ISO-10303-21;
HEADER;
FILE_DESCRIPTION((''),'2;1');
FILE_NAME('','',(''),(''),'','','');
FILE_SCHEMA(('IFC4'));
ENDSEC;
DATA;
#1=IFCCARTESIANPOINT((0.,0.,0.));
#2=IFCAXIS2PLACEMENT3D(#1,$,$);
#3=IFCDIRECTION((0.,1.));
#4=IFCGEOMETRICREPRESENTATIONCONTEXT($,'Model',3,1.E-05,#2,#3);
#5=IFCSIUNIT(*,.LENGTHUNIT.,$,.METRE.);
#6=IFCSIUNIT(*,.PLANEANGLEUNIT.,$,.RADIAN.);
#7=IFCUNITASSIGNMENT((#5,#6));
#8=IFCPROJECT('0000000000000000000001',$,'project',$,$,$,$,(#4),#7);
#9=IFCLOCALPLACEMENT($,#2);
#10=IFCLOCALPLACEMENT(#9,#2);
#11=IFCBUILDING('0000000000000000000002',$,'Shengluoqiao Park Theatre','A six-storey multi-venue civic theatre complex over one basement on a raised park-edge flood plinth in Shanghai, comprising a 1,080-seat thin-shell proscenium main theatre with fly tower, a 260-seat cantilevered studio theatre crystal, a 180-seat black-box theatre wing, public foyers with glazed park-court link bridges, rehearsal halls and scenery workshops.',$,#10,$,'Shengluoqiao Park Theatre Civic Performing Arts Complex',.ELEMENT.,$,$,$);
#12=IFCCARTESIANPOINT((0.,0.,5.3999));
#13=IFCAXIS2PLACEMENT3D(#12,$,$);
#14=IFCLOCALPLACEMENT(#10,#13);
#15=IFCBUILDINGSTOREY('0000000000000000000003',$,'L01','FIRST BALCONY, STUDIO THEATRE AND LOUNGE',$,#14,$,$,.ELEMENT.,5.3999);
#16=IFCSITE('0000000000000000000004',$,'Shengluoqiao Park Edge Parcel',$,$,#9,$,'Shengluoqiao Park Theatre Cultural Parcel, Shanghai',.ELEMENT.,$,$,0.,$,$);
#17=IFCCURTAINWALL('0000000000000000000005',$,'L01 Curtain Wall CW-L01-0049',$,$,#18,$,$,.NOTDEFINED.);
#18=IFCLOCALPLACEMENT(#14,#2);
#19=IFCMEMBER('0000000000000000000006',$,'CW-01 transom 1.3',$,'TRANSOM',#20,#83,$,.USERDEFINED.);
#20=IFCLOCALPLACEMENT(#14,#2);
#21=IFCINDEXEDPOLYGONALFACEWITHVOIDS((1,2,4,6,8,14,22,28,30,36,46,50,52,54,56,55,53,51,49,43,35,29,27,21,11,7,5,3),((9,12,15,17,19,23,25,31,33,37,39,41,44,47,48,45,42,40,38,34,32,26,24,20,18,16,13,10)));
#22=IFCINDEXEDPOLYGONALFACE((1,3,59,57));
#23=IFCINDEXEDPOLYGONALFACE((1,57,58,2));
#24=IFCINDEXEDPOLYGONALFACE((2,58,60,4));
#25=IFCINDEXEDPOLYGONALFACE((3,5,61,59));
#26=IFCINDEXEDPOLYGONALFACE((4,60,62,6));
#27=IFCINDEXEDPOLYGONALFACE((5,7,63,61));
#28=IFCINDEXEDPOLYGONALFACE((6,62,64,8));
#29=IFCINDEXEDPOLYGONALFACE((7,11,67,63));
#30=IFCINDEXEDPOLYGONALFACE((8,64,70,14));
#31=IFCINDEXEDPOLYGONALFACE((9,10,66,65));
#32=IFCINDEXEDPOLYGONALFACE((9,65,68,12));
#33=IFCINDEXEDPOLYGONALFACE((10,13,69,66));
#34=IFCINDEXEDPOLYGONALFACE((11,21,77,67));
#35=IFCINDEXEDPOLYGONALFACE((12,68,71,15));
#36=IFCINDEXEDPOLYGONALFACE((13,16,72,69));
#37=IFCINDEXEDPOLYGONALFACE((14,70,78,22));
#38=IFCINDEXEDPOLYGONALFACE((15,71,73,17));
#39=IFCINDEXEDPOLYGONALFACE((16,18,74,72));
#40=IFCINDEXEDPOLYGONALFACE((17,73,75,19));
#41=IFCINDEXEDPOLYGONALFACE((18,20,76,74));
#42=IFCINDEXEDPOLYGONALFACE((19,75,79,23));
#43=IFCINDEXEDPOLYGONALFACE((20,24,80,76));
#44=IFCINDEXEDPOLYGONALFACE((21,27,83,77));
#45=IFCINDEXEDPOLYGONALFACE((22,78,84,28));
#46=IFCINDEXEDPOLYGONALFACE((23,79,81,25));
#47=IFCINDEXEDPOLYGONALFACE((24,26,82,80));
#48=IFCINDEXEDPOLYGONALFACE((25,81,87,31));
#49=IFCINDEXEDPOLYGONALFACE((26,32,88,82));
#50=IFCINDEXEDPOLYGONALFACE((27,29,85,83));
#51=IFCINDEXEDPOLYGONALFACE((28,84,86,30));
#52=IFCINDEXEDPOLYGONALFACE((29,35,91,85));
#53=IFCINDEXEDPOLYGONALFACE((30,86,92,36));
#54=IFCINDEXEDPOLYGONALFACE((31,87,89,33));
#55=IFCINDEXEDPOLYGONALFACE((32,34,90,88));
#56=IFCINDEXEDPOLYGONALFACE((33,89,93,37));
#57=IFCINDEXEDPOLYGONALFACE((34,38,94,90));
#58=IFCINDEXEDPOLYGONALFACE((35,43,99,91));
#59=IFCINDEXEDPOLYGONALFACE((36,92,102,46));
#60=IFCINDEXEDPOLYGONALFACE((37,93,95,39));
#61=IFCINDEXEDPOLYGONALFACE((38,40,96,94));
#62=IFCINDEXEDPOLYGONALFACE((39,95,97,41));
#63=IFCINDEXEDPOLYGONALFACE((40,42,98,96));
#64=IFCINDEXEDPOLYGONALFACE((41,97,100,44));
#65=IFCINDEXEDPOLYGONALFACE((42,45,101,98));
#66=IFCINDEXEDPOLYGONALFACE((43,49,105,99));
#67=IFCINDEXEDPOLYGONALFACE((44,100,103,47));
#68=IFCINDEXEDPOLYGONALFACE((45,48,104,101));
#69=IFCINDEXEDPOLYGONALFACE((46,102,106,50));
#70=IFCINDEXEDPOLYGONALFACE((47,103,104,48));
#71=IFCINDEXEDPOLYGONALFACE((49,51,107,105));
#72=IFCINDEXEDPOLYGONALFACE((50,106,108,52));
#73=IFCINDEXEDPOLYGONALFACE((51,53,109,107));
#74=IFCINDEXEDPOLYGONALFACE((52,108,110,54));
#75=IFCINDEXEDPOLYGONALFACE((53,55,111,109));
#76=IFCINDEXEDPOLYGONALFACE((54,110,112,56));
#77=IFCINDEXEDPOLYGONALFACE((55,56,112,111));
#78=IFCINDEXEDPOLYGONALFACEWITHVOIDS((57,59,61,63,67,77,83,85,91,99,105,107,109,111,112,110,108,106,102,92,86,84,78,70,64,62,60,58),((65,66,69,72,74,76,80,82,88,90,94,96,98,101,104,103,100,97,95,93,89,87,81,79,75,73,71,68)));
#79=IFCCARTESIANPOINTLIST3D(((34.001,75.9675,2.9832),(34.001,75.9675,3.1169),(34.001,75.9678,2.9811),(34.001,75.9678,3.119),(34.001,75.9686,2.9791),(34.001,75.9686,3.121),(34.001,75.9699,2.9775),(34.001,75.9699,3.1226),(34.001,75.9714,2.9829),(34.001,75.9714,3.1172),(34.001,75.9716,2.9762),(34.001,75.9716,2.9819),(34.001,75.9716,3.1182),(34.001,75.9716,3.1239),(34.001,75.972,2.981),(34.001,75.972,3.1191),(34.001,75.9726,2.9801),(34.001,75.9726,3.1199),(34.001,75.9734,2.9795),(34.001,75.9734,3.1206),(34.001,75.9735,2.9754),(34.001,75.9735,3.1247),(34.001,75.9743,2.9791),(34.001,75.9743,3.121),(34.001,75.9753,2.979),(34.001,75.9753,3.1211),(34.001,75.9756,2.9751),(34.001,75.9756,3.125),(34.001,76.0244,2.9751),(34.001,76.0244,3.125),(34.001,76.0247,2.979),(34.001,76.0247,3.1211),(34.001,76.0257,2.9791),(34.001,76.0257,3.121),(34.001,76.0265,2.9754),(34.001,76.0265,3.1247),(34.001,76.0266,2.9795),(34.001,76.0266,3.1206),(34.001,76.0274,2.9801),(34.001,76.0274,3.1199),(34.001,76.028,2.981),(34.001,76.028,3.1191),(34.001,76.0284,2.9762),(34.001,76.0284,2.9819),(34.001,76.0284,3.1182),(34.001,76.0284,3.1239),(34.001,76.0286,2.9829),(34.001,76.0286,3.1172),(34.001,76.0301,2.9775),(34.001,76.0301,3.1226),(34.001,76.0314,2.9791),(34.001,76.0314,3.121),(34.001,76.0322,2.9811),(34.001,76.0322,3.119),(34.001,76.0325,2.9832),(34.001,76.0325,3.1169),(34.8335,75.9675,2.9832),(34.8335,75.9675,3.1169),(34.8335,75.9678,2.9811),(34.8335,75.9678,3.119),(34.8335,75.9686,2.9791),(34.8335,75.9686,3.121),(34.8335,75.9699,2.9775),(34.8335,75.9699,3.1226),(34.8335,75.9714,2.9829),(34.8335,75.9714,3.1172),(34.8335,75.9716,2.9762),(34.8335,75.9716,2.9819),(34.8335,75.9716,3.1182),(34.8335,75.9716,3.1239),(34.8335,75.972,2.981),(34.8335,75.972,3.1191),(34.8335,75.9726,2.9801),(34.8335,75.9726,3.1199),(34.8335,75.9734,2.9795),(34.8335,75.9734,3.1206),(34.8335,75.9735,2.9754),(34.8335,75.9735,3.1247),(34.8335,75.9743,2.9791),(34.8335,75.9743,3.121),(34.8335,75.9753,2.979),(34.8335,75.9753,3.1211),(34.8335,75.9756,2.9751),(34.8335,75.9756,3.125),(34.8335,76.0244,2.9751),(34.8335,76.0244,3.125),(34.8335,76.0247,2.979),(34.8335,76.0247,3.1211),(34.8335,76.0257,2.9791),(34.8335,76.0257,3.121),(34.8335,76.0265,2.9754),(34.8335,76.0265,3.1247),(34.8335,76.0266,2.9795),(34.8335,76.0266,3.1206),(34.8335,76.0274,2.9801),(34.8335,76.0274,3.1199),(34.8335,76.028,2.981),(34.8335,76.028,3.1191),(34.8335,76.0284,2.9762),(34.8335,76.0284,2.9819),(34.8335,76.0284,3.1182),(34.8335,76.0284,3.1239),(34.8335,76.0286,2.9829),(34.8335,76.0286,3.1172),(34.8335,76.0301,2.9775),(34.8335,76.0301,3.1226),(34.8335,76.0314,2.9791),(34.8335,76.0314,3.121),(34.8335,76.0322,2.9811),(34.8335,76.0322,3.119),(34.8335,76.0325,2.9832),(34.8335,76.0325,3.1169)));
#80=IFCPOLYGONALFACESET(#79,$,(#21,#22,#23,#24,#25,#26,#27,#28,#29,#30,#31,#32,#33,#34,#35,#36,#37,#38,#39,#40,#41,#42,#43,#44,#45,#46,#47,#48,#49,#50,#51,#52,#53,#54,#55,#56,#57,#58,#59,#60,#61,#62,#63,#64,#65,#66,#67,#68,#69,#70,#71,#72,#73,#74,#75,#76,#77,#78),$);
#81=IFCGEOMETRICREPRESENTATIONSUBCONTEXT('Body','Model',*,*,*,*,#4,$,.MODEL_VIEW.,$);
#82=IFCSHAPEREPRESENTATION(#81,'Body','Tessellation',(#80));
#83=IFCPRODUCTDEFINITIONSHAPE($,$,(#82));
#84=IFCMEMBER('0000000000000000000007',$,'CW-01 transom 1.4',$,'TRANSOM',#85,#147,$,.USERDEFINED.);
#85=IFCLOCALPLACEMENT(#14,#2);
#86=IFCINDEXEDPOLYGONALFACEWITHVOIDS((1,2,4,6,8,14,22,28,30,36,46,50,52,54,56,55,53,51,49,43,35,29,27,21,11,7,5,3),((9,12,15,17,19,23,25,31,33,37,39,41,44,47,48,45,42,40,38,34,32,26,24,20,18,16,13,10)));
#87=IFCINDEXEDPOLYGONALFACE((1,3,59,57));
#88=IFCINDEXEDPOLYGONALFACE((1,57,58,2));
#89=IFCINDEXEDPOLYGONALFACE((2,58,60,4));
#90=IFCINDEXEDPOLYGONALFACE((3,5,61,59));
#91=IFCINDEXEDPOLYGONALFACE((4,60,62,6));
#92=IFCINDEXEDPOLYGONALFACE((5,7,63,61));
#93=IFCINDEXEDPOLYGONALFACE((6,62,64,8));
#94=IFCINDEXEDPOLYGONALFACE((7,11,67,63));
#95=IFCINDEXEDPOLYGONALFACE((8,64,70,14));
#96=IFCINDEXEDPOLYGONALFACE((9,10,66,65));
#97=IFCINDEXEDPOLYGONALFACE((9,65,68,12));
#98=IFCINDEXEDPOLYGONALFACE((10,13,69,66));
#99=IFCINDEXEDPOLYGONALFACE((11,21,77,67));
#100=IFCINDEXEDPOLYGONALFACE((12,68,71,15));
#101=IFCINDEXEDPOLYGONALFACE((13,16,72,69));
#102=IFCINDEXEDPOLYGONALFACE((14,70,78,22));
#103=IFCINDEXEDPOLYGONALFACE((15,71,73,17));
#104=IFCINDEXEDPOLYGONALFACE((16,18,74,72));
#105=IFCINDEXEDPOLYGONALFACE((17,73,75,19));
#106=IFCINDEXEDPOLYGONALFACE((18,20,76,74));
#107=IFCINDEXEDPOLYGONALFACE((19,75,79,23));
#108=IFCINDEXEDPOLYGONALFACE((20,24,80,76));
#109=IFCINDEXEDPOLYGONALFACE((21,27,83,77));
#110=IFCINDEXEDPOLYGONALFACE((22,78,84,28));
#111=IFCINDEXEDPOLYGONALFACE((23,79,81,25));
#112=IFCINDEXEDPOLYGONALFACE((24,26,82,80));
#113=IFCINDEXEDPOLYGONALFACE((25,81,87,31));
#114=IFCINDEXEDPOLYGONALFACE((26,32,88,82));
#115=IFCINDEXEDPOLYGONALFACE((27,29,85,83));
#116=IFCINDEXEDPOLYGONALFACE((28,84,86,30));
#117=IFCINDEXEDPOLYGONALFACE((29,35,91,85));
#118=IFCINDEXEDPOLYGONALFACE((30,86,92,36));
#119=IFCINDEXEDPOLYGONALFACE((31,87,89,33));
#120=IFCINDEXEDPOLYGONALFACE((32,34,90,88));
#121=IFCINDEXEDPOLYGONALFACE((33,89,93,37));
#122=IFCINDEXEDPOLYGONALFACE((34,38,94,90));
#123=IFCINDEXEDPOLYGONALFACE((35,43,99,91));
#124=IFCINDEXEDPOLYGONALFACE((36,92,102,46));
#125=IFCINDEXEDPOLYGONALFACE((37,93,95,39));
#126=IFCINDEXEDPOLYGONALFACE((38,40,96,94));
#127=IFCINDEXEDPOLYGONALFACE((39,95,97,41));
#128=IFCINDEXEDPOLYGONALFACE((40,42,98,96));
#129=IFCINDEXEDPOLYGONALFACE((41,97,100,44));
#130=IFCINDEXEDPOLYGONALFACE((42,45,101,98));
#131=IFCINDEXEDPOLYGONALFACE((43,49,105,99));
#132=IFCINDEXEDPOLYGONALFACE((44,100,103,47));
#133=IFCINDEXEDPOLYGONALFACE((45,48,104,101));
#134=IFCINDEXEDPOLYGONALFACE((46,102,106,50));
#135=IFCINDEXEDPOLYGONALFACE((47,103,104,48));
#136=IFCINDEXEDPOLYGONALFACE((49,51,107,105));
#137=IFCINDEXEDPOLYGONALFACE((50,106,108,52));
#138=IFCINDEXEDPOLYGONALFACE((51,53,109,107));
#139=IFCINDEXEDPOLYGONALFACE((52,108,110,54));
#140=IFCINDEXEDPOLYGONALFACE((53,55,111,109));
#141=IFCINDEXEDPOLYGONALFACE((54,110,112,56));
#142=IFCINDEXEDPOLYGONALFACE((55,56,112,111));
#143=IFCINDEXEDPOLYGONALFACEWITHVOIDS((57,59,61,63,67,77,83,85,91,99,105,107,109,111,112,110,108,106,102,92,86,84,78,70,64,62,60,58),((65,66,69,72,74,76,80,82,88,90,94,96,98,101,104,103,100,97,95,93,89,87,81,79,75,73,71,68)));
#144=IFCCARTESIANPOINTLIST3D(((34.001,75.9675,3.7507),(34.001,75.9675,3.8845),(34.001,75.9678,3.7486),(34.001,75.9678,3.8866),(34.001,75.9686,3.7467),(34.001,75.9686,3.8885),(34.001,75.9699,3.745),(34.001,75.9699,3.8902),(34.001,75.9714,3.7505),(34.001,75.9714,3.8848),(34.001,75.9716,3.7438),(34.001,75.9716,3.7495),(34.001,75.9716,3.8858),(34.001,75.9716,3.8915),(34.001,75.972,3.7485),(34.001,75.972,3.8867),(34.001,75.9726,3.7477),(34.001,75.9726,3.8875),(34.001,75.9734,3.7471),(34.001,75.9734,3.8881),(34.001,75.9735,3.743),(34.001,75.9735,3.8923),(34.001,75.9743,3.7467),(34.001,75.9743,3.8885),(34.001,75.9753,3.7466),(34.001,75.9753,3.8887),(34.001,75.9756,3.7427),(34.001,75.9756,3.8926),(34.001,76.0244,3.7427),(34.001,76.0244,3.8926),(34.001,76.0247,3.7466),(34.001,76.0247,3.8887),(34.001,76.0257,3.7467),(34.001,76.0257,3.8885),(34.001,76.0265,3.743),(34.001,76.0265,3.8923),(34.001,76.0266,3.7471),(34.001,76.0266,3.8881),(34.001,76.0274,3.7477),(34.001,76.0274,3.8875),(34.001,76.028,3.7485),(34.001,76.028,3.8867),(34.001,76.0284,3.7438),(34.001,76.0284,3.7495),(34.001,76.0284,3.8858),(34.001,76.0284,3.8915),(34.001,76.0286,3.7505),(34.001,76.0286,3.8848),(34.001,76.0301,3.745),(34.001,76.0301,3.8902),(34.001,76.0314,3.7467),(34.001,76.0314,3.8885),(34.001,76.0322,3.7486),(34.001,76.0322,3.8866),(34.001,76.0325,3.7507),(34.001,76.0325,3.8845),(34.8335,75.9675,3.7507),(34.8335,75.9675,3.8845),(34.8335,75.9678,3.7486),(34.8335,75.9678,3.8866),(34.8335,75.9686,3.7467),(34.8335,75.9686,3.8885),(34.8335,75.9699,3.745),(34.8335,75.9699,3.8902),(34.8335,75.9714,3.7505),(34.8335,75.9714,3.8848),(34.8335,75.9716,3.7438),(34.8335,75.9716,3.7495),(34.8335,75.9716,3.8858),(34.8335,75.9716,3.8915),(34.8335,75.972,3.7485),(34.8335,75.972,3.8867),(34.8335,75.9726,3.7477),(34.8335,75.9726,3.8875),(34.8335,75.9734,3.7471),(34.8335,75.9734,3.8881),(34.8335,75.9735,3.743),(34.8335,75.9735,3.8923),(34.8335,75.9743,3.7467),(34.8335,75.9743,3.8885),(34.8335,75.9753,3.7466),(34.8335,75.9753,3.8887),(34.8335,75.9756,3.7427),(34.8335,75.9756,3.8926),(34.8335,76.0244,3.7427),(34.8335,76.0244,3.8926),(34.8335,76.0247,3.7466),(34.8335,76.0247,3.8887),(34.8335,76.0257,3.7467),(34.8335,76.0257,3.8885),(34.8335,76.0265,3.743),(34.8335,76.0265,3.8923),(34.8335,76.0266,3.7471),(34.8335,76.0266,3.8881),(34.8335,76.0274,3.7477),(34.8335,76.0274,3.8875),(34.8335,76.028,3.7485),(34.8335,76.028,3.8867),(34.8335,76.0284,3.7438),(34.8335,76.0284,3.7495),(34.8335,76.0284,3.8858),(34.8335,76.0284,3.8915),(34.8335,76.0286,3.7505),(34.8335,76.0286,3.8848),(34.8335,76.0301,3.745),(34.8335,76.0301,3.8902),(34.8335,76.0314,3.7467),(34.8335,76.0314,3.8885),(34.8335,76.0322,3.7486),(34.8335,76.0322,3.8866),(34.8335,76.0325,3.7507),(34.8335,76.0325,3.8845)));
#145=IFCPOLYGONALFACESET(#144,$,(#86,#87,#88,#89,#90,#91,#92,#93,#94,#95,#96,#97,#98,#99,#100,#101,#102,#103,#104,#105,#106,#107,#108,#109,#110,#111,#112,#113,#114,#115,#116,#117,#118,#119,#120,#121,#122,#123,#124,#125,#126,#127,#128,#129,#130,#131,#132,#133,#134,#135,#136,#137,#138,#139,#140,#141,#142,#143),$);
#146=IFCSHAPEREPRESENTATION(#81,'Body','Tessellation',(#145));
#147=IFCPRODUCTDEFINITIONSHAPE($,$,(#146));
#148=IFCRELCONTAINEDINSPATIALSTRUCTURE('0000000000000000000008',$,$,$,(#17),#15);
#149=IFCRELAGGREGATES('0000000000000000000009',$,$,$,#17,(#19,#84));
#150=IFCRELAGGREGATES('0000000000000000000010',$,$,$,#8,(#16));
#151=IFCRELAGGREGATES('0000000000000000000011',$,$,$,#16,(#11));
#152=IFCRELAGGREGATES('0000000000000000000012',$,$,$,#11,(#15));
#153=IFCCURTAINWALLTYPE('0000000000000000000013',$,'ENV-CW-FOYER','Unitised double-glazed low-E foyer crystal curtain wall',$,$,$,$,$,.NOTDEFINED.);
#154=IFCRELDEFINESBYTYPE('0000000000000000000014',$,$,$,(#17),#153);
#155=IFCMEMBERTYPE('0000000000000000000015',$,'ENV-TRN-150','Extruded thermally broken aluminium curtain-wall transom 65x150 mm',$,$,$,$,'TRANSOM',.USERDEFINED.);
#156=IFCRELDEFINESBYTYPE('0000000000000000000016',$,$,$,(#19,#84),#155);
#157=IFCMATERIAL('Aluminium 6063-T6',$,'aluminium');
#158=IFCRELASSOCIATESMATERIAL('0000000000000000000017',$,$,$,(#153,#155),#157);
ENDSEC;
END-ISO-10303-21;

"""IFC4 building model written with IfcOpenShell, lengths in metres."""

from ifc_helpers import new_model, si_unit, direction, frame, origin, origin_2d, place, context, subcontext, project, spatial, hollow_rectangle, extrude, material, material_profile, profile_set, type_object, element, aggregate, save


model = new_model("IFC4")

# Units and contexts
model_context = context("Model", 3, precision=1e-05, world=origin(), true_north=direction((0.0, 1.0)))
body_context = subcontext(model_context, "Body", "Model", "MODEL_VIEW")
ifc_project = project(units=[si_unit("LENGTHUNIT", "METRE"), si_unit("PLANEANGLEUNIT", "RADIAN")], contexts=[model_context])

# Site, building, storey
site_placement = place(None, origin())
site = spatial("IfcSite", under=ifc_project, at=site_placement, Name="Shengluoqiao Park Edge Parcel", LongName="Shengluoqiao Park Theatre Cultural Parcel, Shanghai", CompositionType="ELEMENT", RefElevation=0.0)
building_placement = place(site_placement, origin())
building = spatial("IfcBuilding", under=site, at=building_placement, Name="Shengluoqiao Park Theatre", Description="A six-storey multi-venue civic theatre complex over one basement on a raised park-edge flood plinth in Shanghai, comprising a 1,080-seat thin-shell proscenium main theatre with fly tower, a 260-seat cantilevered studio theatre crystal, a 180-seat black-box theatre wing, public foyers with glazed park-court link bridges, rehearsal halls and scenery workshops.", LongName="Shengluoqiao Park Theatre Civic Performing Arts Complex", CompositionType="ELEMENT")
storey_placement = place(building_placement, frame((0.0, 0.0, 5.3999)))
storey = spatial("IfcBuildingStorey", under=building, at=storey_placement, Name="L01", Description="FIRST BALCONY, STUDIO THEATRE AND LOUNGE", CompositionType="ELEMENT", Elevation=5.3999)

# Curtain wall
ifc_material_1 = material(Name="Aluminium 6063-T6", Category="aluminium")
curtain_wall_type = type_object("IfcCurtainWallType", Name="ENV-CW-FOYER", Description="Unitised double-glazed low-E foyer crystal curtain wall", PredefinedType="NOTDEFINED", material=ifc_material_1)
curtain_wall_1_placement = place(storey_placement, origin())
curtain_wall_1 = element("IfcCurtainWall", 1, at=curtain_wall_1_placement, inside=storey, type_object=curtain_wall_type, Name="L01 Curtain Wall CW-L01-0049", PredefinedType="NOTDEFINED")

# Members
ifc_material_profile_1 = material_profile(ifc_material_1, hollow_rectangle(XDim=0.0649, YDim=0.1499, WallThickness=0.0039, InnerFilletRadius=0.0039, OuterFilletRadius=0.0081, at=origin_2d()), Name="ALU TRANSOM 150x65x4")
ifc_profile_set_1 = profile_set([ifc_material_profile_1], Name="Aluminium 6063-T6")
member_type_1 = type_object("IfcMemberType", Name="ENV-TRN-150", Description="Extruded thermally broken aluminium curtain-wall transom 65x150 mm", ElementType="TRANSOM", PredefinedType="USERDEFINED", material=ifc_profile_set_1)
member_1_placement = place(storey_placement, frame((34.001, 76.0, 3.05), z_axis=(1.0, 0.0, 0.0), x_axis=(0.0, 1.0, 0.0)))
member_1 = element("IfcMember", 2, at=member_1_placement, type_object=member_type_1, Name="CW-01 transom 1.3", ObjectType="TRANSOM", PredefinedType="USERDEFINED", context=body_context, shape_type="SweptSolid", body=[
    extrude(hollow_rectangle(XDim=0.0649, YDim=0.1499, WallThickness=0.0039, InnerFilletRadius=0.0039, OuterFilletRadius=0.0081, at=origin_2d()), origin(), (0.0, 0.0, 1.0), 0.8325),
])
member_2_placement = place(storey_placement, frame((34.001, 76.0, 3.8176), z_axis=(1.0, 0.0, 0.0), x_axis=(0.0, 1.0, 0.0)))
member_2 = element("IfcMember", 3, at=member_2_placement, type_object=member_type_1, Name="CW-01 transom 1.4", ObjectType="TRANSOM", PredefinedType="USERDEFINED", context=body_context, shape_type="SweptSolid", body=[
    extrude(hollow_rectangle(XDim=0.0649, YDim=0.1499, WallThickness=0.0039, InnerFilletRadius=0.0039, OuterFilletRadius=0.0081, at=origin_2d()), origin(), (0.0, 0.0, 1.0), 0.8325),
])

aggregate(curtain_wall_1, [member_1, member_2])

save(model, "model.ifc")
